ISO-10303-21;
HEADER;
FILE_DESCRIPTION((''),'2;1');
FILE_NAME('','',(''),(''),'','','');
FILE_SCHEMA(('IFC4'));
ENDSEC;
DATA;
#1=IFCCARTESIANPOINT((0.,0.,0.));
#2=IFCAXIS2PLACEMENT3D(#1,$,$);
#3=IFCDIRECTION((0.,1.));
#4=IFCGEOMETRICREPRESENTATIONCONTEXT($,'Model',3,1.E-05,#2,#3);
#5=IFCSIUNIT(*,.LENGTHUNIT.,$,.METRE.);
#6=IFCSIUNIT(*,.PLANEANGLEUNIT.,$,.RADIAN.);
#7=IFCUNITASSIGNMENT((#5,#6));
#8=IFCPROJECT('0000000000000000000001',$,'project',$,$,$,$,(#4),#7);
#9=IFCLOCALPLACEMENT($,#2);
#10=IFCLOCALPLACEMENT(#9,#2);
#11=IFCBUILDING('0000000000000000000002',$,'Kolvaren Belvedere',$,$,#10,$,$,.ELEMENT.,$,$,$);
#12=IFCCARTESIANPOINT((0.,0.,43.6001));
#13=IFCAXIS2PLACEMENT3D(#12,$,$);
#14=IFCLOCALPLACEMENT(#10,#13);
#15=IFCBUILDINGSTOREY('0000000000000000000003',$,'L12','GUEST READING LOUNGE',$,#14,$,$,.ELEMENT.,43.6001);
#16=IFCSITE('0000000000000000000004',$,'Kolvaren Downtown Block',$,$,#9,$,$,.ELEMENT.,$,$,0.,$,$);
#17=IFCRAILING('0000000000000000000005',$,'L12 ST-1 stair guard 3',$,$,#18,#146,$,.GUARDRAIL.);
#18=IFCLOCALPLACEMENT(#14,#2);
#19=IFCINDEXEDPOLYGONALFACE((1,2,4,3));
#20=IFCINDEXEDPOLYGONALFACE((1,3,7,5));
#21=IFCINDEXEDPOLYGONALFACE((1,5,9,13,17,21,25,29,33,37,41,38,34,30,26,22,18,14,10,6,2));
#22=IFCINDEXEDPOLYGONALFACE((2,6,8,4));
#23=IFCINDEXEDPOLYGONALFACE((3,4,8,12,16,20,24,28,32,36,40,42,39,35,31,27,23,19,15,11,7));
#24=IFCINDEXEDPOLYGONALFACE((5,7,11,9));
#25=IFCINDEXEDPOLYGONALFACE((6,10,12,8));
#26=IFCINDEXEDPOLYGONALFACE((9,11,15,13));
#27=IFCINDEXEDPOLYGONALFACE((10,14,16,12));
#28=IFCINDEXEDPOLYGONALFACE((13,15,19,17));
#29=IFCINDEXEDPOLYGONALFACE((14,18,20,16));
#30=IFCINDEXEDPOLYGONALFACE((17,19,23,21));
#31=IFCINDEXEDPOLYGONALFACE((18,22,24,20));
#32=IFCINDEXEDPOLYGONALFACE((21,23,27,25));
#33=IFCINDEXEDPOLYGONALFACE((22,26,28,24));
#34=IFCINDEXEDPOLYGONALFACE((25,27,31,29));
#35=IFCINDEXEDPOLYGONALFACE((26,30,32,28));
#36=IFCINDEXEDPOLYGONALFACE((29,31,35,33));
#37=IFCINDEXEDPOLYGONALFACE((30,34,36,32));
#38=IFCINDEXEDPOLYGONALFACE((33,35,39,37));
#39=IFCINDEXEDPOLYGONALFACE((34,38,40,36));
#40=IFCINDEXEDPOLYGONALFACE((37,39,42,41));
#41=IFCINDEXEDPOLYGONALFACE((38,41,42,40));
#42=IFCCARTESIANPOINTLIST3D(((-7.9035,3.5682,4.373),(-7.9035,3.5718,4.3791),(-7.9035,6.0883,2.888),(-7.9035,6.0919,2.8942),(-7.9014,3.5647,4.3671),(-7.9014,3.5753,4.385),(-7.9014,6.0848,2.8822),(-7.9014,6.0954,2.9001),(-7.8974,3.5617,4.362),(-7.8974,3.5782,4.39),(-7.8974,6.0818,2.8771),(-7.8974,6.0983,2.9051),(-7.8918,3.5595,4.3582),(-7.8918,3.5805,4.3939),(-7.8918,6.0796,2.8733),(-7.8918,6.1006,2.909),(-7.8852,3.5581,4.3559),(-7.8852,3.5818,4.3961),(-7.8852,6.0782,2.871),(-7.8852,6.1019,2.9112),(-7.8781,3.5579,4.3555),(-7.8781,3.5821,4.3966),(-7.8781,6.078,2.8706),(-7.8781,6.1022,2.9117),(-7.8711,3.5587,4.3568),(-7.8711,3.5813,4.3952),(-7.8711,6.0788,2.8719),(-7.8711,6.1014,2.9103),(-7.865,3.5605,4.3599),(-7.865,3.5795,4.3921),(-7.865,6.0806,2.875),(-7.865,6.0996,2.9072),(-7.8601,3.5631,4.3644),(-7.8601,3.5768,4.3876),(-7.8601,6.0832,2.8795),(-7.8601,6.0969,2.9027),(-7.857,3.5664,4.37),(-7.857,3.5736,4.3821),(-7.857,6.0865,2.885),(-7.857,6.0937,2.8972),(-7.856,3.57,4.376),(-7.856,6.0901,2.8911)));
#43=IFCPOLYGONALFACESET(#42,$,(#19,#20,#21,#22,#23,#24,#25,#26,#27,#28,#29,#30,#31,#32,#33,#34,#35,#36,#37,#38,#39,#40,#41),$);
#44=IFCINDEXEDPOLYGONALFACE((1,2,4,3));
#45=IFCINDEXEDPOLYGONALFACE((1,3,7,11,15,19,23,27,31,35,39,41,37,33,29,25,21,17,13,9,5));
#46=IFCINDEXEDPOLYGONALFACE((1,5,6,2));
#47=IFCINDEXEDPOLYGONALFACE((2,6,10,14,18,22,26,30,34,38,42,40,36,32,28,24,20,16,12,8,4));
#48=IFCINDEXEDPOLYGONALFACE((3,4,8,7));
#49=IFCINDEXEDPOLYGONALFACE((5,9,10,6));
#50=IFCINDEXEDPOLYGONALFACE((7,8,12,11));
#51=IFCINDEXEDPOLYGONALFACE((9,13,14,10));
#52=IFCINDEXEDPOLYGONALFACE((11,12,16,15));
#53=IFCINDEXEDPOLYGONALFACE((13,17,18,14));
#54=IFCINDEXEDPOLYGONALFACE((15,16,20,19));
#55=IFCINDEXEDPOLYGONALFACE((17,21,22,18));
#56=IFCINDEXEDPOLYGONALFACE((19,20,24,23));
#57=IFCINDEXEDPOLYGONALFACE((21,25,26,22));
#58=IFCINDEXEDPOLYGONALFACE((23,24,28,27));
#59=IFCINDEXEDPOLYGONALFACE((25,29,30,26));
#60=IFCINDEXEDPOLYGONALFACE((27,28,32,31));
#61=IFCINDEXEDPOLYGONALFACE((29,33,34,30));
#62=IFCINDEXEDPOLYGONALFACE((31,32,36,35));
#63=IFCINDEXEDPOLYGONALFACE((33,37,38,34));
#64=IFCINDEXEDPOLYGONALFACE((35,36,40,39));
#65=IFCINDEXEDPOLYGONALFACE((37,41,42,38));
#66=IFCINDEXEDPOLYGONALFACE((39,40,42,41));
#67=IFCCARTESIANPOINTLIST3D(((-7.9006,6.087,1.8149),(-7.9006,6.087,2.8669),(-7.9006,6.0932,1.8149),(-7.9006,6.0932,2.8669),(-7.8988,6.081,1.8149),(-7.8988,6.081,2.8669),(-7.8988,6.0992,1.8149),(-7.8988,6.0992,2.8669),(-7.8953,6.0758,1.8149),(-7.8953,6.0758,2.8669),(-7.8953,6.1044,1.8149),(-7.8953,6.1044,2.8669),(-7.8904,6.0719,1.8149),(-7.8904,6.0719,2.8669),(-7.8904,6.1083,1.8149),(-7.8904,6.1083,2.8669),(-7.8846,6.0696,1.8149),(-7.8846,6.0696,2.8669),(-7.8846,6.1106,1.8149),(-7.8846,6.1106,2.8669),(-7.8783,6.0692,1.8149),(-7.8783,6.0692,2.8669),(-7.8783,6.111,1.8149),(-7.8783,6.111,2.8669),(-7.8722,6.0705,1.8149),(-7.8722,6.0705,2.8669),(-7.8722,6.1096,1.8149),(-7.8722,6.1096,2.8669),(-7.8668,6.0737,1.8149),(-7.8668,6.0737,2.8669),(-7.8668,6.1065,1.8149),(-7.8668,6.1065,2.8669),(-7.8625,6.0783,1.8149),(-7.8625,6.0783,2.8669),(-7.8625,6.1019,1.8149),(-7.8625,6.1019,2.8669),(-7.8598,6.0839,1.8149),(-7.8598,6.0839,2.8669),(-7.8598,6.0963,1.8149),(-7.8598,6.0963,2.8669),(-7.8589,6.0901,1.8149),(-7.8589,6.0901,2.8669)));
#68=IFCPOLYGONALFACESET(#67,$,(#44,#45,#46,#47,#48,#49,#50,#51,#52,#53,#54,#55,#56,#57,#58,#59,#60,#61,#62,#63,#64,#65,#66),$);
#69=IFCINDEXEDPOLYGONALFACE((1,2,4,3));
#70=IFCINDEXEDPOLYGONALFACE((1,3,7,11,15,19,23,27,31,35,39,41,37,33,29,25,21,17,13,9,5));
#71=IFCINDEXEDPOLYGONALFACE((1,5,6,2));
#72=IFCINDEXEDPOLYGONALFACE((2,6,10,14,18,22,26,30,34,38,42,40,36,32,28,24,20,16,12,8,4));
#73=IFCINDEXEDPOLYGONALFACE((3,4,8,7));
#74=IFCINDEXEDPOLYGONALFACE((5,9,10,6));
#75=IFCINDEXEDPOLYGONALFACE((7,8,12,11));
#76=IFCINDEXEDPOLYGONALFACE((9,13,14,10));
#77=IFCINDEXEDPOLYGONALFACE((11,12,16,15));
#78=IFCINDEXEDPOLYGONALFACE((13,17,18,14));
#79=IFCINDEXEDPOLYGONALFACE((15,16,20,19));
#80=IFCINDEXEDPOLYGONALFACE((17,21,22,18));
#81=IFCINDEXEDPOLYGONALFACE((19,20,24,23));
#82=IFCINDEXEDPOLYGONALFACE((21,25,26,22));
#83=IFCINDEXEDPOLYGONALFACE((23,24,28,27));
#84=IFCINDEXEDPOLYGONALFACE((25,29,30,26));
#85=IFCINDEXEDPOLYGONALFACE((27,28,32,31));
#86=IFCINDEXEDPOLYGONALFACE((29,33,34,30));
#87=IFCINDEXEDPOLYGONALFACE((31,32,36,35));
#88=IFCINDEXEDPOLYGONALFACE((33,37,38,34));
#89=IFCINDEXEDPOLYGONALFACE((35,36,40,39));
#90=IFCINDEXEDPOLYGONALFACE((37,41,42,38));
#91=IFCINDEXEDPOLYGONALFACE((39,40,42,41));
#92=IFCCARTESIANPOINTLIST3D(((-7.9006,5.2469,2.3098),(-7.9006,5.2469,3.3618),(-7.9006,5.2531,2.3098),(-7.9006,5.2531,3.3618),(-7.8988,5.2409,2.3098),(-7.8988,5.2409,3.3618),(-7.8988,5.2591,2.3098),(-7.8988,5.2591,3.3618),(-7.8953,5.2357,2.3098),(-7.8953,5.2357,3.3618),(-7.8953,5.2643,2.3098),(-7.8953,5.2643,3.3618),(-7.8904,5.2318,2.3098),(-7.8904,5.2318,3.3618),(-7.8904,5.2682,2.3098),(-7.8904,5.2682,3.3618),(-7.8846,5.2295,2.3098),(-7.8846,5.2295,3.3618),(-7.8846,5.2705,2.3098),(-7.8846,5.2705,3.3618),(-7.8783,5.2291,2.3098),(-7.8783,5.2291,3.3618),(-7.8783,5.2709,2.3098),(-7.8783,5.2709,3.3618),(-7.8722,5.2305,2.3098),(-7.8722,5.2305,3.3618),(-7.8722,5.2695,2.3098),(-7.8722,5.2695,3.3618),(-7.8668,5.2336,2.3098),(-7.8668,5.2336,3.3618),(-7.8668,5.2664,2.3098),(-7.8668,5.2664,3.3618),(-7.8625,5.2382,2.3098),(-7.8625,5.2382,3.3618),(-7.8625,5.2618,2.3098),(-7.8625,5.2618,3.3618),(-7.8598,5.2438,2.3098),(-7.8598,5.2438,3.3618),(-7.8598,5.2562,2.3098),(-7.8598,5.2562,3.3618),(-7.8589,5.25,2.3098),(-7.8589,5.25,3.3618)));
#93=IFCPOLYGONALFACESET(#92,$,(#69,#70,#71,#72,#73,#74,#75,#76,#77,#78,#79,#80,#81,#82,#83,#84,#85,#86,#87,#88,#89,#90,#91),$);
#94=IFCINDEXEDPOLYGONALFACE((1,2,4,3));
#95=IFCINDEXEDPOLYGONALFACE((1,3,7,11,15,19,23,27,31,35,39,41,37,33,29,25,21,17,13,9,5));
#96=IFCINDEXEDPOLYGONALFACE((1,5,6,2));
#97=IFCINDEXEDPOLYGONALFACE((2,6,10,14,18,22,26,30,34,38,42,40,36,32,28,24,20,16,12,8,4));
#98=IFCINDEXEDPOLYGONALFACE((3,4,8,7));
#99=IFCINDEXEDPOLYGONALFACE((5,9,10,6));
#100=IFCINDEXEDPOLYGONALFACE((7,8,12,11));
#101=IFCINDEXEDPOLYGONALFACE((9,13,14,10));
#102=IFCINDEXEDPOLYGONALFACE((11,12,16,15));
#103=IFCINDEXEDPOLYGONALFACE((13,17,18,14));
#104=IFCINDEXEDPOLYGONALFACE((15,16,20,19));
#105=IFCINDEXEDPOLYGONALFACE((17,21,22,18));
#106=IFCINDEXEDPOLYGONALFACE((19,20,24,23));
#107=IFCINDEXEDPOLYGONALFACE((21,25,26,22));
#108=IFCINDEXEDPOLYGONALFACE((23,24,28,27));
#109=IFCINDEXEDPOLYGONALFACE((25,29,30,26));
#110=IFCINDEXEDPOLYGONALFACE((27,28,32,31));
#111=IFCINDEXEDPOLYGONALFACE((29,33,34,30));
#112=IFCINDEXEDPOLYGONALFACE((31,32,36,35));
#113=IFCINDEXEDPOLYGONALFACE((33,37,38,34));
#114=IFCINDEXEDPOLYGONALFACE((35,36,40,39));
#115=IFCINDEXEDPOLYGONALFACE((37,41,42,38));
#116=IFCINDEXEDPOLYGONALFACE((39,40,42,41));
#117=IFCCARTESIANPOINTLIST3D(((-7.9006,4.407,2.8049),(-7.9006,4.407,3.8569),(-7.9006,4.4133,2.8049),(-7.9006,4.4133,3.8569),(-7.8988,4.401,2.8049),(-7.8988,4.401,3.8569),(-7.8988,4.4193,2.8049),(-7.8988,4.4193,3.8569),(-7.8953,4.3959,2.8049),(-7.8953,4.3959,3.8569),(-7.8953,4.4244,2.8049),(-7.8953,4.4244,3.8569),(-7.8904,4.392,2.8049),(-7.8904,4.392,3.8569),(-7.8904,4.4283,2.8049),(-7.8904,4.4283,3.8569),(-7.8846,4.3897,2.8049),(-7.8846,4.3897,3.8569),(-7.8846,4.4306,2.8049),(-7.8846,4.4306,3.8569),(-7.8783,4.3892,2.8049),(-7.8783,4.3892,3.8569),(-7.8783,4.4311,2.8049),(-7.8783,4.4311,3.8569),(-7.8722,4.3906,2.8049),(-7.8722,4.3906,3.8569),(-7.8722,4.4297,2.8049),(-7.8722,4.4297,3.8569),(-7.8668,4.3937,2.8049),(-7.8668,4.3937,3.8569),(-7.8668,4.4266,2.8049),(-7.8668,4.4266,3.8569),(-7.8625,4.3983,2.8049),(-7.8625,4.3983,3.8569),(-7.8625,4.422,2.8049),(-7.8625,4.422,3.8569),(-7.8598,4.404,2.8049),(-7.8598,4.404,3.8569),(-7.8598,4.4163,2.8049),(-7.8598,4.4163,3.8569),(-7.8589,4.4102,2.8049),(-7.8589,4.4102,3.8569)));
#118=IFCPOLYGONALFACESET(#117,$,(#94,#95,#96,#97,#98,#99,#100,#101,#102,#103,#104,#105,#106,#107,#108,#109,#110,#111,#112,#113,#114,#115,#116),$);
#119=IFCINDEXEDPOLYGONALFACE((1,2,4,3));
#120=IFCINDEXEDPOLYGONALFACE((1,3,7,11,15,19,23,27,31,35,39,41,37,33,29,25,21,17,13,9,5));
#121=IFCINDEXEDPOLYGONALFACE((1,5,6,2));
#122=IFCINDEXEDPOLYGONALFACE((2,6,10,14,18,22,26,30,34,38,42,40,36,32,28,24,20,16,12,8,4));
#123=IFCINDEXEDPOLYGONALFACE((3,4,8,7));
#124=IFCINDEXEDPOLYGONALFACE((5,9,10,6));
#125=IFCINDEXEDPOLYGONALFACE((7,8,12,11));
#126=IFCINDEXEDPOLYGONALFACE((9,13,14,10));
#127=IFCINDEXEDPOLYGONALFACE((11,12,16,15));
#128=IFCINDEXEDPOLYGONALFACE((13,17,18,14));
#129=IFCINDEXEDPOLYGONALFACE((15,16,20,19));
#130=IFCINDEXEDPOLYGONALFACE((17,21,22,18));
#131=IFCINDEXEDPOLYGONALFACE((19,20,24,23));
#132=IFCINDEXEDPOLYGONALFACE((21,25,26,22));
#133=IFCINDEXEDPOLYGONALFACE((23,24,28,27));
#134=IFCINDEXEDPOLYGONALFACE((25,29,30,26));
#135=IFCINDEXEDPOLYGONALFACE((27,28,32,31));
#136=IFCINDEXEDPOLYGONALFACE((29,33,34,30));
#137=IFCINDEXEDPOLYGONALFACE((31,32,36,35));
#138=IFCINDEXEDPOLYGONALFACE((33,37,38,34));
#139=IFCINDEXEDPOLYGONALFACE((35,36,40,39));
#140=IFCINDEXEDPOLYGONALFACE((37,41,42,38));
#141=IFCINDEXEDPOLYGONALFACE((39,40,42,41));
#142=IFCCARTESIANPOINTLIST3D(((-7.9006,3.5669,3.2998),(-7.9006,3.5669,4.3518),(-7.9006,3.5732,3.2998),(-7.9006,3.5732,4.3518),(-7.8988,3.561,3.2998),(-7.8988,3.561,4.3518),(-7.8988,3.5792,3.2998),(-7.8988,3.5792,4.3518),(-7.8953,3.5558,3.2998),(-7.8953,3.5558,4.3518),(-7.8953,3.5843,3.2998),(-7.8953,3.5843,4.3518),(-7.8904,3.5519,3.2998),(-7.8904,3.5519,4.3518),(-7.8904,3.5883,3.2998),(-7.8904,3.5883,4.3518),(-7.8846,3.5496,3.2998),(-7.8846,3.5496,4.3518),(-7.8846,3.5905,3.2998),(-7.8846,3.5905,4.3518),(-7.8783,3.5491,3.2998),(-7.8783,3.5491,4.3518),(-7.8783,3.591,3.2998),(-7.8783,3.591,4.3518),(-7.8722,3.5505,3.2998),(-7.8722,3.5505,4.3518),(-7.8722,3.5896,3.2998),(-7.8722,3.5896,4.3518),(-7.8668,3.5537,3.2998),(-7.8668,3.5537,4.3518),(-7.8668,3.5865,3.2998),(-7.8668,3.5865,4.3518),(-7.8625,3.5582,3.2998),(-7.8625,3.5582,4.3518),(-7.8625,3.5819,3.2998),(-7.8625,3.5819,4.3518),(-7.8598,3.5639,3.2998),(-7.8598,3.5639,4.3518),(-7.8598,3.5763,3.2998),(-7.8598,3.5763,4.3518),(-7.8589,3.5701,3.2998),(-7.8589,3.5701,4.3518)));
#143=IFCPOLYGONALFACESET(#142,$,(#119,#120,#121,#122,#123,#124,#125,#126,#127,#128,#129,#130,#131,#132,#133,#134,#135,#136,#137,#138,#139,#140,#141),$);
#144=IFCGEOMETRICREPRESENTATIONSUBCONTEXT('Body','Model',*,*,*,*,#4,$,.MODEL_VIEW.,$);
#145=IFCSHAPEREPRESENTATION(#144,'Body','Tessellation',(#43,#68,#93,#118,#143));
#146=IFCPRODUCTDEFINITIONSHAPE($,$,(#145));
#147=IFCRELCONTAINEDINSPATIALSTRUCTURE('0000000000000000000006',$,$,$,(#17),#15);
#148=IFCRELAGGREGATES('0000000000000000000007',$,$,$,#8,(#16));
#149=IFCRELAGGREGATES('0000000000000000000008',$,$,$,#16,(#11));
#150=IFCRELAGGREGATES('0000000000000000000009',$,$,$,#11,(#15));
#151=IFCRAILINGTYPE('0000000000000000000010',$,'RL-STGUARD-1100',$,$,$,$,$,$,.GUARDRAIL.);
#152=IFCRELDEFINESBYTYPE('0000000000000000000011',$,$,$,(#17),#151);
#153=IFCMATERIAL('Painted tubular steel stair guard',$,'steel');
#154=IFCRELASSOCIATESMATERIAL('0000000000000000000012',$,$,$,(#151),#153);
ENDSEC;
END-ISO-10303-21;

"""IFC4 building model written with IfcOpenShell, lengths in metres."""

from ifc_helpers import new_model, si_unit, direction, frame, origin, origin_2d, place, context, subcontext, project, spatial, circle, extrude, material, type_object, element, save


model = new_model("IFC4")

# Units and contexts
model_context = context("Model", 3, precision=1e-05, world=origin(), true_north=direction((0.0, 1.0)))
body_context = subcontext(model_context, "Body", "Model", "MODEL_VIEW")
ifc_project = project(units=[si_unit("LENGTHUNIT", "METRE"), si_unit("PLANEANGLEUNIT", "RADIAN")], contexts=[model_context])

# Site, building, storey
site_placement = place(None, origin())
site = spatial("IfcSite", under=ifc_project, at=site_placement, Name="Kolvaren Downtown Block", CompositionType="ELEMENT", RefElevation=0.0)
building_placement = place(site_placement, origin())
building = spatial("IfcBuilding", under=site, at=building_placement, Name="Kolvaren Belvedere", CompositionType="ELEMENT")
storey_placement = place(building_placement, frame((0.0, 0.0, 43.6001)))
storey = spatial("IfcBuildingStorey", under=building, at=storey_placement, Name="L12", Description="GUEST READING LOUNGE", CompositionType="ELEMENT", Elevation=43.6001)

# Railing
ifc_material_1 = material(Name="Painted tubular steel stair guard", Category="steel")
railing_type_1 = type_object("IfcRailingType", Name="RL-STGUARD-1100", PredefinedType="GUARDRAIL", material=ifc_material_1)
railing_1_placement = place(storey_placement, frame((-7.8799, 6.0901, 1.8149)))
element("IfcRailing", 1, at=railing_1_placement, inside=storey, type_object=railing_type_1, Name="L12 ST-1 stair guard 3", PredefinedType="GUARDRAIL", context=body_context, shape_type="SweptSolid", body=[
    extrude(circle(Radius=0.0239, at=origin_2d()), frame((0.0, 0.0, 1.0762), z_axis=(0.0, -0.861561, 0.507655), x_axis=(1.0, 0.0, 0.0)), (0.0, 0.0, 1.0), 2.925),
    extrude(circle(Radius=0.021, at=origin_2d()), origin(), (0.0, 0.0, 1.0), 1.052),
    extrude(circle(Radius=0.021, at=origin_2d()), frame((0.0, -0.8401, 0.4949)), (0.0, 0.0, 1.0), 1.052),
    extrude(circle(Radius=0.021, at=origin_2d()), frame((0.0, -1.6799, 0.99)), (0.0, 0.0, 1.0), 1.052),
    extrude(circle(Radius=0.021, at=origin_2d()), frame((0.0, -2.52, 1.4849)), (0.0, 0.0, 1.0), 1.052),
])

save(model, "model.ifc")
